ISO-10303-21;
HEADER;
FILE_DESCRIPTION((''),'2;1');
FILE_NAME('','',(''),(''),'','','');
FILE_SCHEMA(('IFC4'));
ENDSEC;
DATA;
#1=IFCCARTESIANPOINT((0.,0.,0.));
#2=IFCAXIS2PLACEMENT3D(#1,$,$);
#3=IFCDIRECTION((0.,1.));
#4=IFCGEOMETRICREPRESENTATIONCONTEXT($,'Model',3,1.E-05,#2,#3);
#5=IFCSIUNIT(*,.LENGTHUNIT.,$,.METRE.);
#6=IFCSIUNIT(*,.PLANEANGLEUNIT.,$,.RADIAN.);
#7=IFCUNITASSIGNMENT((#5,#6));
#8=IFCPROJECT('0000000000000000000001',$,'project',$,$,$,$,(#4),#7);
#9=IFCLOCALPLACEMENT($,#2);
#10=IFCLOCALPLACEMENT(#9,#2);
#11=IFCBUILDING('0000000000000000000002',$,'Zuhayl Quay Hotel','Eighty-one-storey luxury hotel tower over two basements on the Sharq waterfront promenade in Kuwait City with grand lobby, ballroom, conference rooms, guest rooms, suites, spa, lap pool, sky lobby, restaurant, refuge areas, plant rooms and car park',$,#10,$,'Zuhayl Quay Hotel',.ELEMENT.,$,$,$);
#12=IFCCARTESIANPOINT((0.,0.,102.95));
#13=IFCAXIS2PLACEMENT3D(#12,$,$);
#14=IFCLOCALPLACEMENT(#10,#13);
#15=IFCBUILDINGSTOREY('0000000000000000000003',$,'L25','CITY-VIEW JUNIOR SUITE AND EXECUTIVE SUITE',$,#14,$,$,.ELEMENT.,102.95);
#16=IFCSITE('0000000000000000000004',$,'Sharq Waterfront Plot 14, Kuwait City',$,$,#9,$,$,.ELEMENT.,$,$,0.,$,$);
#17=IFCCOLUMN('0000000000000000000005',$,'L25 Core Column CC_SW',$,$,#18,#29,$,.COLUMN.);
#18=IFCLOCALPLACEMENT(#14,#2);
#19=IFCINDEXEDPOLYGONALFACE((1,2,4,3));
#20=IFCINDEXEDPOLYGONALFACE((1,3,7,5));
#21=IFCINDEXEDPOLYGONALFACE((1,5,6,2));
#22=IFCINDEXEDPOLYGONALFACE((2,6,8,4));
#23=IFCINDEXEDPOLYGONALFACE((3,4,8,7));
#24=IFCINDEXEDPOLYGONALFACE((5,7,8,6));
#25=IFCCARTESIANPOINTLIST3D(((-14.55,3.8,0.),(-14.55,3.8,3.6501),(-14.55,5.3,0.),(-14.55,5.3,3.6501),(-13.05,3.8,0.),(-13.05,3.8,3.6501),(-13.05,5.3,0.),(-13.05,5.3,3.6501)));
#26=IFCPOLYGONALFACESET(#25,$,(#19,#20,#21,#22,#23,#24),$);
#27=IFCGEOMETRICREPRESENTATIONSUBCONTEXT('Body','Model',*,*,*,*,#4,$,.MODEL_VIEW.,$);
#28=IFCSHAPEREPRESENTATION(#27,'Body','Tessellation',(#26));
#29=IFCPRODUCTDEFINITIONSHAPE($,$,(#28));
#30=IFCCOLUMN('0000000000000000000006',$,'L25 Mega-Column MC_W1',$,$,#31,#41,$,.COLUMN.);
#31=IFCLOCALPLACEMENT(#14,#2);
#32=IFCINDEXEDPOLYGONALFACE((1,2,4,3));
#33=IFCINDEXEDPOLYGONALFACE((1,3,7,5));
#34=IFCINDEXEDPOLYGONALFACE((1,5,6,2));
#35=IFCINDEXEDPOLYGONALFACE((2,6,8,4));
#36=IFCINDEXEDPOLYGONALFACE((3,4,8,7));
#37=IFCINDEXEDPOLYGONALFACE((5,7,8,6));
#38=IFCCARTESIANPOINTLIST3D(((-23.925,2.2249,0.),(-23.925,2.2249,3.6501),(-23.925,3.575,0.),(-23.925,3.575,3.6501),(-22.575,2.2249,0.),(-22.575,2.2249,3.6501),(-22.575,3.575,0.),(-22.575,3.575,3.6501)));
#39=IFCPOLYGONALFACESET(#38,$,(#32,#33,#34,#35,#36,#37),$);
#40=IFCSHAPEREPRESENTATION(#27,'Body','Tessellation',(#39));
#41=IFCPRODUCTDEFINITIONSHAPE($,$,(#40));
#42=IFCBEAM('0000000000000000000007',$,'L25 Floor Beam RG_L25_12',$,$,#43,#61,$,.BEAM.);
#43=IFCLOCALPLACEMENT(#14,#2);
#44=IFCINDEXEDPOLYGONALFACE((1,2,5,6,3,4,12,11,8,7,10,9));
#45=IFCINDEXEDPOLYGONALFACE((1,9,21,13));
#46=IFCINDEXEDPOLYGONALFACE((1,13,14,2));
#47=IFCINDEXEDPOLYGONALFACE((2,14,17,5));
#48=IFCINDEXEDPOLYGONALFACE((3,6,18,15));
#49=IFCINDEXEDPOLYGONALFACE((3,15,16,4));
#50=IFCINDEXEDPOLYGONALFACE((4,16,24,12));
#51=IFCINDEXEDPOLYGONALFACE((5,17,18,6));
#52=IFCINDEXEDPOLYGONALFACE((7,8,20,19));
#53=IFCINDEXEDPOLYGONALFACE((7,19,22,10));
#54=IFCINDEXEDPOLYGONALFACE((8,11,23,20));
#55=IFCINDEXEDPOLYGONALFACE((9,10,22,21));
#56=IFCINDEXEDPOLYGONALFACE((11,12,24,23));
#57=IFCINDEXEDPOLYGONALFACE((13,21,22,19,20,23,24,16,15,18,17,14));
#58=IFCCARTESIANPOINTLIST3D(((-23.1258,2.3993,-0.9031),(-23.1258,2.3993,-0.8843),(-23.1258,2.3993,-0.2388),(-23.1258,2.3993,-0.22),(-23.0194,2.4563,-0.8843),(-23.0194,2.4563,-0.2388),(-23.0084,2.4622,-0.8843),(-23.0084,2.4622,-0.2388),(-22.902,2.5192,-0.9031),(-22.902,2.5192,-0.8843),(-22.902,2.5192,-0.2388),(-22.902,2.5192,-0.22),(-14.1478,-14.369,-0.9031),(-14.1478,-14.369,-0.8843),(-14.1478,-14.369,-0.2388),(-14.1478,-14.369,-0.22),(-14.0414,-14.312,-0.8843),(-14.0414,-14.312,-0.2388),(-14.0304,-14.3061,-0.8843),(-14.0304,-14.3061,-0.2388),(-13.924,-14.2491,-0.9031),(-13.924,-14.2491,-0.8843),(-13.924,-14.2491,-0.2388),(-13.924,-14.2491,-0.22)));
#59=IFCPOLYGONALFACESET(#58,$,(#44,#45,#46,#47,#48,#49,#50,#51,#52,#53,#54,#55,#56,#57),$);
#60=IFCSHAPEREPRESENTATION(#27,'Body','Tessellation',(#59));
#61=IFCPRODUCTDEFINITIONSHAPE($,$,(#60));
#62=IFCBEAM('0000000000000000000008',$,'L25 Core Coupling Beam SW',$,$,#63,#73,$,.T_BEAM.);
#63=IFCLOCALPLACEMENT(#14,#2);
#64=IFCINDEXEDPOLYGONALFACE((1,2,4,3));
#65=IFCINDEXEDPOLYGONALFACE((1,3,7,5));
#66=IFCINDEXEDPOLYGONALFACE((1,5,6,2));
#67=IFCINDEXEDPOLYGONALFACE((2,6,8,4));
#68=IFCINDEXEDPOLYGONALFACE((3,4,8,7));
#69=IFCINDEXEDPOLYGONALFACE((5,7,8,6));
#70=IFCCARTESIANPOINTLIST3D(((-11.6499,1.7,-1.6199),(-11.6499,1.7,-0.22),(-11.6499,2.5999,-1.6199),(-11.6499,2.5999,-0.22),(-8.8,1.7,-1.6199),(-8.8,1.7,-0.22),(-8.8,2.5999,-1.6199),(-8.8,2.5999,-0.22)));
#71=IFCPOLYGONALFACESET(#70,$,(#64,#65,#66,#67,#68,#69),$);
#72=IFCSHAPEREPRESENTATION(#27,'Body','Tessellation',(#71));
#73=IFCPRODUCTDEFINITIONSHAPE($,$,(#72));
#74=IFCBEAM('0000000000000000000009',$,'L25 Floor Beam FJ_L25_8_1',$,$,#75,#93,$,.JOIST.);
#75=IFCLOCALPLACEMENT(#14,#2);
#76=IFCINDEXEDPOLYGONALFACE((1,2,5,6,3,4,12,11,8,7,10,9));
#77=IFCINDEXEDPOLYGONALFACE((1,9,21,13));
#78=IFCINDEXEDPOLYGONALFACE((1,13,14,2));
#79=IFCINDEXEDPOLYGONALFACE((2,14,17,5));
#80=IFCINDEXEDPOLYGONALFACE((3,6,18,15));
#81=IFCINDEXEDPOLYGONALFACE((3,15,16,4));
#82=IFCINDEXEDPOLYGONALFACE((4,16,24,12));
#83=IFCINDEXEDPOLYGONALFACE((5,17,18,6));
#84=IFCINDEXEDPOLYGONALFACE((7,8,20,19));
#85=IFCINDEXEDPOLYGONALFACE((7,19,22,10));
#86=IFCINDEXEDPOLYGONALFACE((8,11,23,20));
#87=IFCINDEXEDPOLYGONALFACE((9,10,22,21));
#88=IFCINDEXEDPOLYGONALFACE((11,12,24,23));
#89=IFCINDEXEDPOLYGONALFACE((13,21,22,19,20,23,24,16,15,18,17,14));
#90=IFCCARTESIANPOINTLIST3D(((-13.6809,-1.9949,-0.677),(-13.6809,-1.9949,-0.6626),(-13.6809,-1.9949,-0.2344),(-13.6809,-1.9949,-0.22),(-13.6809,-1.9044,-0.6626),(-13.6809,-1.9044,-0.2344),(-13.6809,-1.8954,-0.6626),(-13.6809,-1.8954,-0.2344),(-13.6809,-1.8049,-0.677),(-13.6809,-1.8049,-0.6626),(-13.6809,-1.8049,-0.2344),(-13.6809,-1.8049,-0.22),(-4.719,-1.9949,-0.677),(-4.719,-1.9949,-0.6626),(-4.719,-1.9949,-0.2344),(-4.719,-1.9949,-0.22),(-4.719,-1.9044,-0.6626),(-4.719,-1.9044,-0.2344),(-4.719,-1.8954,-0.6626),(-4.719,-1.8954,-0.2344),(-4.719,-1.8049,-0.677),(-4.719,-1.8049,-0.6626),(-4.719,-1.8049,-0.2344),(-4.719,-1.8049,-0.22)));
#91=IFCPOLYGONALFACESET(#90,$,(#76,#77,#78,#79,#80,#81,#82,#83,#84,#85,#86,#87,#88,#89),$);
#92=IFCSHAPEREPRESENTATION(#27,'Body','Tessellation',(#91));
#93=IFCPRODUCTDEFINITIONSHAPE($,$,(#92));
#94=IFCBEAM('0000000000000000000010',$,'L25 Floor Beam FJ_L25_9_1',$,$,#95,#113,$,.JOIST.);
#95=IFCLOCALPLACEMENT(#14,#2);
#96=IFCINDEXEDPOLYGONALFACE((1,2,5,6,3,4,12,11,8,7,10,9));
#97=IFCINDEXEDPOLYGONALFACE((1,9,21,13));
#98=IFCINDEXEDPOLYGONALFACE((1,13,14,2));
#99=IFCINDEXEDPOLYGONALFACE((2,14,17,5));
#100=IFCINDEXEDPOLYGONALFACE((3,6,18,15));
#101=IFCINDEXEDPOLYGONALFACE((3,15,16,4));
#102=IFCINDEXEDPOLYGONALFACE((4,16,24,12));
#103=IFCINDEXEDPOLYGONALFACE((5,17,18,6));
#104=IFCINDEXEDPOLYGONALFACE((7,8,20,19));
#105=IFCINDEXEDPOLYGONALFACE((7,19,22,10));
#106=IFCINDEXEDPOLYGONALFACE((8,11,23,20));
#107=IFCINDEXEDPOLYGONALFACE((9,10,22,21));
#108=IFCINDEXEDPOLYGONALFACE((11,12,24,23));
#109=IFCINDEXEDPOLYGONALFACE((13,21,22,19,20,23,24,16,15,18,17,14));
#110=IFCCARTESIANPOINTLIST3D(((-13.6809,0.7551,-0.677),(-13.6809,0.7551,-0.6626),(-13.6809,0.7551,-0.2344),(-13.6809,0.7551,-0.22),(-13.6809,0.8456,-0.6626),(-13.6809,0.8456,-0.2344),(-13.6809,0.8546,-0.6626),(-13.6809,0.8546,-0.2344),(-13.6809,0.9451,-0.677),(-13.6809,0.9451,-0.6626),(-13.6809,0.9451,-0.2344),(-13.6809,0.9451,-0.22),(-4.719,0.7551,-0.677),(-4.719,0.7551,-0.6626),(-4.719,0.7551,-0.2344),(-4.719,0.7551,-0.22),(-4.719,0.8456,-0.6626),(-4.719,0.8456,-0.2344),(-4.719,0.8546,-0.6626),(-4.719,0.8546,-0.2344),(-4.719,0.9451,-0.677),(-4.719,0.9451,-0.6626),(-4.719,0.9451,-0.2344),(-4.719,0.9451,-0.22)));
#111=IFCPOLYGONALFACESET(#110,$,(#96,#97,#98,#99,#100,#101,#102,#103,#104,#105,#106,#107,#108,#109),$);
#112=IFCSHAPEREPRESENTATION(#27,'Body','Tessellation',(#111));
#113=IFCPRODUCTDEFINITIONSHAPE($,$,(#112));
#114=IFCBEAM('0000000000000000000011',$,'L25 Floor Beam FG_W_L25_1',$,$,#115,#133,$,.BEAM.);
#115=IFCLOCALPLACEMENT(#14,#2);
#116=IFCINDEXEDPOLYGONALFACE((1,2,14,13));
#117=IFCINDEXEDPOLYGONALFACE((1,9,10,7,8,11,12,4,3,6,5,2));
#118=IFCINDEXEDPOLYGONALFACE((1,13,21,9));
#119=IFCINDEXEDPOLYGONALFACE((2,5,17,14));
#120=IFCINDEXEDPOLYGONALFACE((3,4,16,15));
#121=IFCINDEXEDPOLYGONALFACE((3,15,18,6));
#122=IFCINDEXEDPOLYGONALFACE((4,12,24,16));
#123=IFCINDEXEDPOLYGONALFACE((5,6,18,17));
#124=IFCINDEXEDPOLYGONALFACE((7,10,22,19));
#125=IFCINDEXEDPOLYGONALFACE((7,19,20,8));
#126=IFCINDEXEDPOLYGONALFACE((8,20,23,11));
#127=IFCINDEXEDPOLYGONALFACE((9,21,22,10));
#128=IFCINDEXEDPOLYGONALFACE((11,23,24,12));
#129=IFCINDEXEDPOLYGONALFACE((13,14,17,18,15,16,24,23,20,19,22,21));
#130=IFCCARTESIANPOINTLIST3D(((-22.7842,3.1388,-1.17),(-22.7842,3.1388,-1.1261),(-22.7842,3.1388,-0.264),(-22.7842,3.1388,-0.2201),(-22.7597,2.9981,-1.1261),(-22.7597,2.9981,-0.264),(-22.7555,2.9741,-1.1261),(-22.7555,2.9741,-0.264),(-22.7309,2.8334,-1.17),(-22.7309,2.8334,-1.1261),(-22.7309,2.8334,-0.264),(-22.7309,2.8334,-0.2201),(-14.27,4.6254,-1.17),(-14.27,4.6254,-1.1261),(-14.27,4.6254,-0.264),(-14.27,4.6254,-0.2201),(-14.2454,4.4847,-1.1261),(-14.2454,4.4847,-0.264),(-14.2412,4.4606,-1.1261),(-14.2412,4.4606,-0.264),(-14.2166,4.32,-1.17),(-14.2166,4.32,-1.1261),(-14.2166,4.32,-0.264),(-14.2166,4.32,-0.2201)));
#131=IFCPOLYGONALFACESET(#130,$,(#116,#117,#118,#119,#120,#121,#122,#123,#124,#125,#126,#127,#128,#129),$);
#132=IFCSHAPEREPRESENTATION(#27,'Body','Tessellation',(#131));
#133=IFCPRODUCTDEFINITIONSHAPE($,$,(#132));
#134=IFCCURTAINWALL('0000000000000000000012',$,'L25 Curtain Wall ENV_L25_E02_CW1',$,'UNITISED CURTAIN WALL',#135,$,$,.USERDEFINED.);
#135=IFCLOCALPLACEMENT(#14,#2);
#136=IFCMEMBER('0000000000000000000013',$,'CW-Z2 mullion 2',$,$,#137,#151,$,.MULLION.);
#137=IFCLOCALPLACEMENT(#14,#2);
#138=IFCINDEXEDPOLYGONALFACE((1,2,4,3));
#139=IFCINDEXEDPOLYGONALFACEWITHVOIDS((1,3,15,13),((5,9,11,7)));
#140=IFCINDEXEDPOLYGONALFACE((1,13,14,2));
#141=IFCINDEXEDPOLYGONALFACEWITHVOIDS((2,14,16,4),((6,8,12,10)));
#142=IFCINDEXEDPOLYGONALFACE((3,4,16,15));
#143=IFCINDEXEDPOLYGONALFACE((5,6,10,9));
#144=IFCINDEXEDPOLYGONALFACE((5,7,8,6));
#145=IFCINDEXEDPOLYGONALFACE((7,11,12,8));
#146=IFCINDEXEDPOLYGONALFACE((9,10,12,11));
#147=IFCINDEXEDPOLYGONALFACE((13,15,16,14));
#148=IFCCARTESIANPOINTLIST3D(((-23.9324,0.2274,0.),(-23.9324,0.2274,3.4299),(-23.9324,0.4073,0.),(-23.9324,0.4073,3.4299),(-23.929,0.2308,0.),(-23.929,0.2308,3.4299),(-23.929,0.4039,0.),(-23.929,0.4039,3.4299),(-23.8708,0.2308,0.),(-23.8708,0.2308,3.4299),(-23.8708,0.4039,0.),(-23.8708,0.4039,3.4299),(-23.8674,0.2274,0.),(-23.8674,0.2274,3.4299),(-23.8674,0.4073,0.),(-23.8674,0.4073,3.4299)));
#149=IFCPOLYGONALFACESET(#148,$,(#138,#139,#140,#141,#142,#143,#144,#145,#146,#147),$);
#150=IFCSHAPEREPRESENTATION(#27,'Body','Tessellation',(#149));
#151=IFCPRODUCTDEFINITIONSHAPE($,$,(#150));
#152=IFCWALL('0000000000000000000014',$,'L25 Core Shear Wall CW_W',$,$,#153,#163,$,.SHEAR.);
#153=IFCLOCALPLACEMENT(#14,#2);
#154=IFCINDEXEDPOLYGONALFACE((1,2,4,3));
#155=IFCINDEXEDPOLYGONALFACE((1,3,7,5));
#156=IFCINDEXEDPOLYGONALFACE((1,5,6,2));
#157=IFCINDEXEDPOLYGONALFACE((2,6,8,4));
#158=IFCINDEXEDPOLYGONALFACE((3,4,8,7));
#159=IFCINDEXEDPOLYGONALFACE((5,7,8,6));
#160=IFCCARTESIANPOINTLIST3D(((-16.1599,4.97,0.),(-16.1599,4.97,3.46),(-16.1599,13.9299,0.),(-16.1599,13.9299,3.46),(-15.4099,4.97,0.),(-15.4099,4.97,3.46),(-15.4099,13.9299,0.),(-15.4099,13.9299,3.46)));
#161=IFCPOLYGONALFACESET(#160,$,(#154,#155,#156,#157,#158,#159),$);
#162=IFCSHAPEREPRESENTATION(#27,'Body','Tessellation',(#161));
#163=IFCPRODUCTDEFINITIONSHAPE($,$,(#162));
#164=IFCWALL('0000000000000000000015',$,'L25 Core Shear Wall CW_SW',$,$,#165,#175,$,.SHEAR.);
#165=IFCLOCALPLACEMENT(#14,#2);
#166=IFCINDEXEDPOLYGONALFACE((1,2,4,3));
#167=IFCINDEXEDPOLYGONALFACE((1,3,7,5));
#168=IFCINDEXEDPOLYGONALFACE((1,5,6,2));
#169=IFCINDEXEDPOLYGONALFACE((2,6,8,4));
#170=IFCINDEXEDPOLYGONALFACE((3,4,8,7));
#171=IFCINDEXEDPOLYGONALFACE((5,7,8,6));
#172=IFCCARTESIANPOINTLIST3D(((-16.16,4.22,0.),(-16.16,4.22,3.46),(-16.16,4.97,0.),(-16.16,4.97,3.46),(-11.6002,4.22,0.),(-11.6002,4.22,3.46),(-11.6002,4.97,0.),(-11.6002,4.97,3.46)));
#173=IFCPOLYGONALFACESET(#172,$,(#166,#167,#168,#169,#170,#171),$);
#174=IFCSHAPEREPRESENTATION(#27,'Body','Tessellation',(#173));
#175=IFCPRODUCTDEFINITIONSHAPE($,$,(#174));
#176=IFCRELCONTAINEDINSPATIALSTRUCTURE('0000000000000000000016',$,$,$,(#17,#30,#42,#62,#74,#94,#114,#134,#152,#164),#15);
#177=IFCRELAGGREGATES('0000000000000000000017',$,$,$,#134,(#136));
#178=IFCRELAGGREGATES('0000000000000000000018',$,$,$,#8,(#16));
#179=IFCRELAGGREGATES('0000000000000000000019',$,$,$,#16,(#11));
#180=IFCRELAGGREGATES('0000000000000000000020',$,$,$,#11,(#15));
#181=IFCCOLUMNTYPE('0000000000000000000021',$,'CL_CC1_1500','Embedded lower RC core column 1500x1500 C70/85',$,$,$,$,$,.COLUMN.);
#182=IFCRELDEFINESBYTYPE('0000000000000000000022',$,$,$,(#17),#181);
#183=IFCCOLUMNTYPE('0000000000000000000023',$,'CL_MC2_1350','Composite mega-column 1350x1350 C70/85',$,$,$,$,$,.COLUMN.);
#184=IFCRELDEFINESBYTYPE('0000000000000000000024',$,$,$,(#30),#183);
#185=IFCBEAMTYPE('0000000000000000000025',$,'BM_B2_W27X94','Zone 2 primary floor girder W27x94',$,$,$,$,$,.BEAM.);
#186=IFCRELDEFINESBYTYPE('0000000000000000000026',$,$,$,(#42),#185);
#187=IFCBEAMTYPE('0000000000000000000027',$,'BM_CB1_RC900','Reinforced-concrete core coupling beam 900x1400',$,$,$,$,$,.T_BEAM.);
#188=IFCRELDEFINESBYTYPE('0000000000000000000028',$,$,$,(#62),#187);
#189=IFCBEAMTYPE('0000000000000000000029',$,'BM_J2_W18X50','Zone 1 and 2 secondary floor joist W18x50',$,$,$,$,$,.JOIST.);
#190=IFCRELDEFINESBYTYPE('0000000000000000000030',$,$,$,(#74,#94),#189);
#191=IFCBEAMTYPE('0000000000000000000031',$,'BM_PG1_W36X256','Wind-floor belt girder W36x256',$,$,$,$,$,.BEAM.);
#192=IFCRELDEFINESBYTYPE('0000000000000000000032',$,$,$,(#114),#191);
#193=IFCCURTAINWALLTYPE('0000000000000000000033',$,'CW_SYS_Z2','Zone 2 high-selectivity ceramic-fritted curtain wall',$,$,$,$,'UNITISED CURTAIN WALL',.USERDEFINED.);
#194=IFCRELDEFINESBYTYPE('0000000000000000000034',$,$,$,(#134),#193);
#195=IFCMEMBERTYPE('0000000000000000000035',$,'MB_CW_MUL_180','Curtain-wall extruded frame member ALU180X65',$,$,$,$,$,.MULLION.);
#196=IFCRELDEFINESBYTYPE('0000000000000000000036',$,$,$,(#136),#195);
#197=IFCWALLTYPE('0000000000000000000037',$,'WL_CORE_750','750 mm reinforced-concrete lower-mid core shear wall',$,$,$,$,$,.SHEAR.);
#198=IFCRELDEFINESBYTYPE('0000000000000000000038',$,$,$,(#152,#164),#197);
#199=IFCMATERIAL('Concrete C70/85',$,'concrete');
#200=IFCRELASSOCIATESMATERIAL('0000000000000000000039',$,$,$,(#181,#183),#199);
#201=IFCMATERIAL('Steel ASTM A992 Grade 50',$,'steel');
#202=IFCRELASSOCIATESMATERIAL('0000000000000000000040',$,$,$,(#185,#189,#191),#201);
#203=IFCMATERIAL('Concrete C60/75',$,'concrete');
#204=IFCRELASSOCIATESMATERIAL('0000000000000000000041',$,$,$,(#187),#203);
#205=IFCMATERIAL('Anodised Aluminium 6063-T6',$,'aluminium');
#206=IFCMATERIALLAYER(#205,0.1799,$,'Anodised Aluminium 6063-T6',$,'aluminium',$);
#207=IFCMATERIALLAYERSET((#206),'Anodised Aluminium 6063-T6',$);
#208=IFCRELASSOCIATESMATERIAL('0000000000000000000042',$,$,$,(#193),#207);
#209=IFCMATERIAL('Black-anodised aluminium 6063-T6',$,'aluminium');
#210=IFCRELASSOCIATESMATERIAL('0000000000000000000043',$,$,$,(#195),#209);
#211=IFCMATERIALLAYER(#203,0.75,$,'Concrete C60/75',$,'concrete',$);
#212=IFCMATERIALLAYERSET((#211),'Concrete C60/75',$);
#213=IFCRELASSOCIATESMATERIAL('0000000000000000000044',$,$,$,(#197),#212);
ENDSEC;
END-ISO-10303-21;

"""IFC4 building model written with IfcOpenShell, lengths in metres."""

from ifc_helpers import new_model, si_unit, direction, frame, frame_2d, origin, origin_2d, place, context, subcontext, project, spatial, rectangle, hollow_rectangle, i_section, extrude, material, layer, layer_set, material_profile, profile_set, type_object, element, aggregate, save


model = new_model("IFC4")

# Units and contexts
model_context = context("Model", 3, precision=1e-05, world=origin(), true_north=direction((0.0, 1.0)))
body_context = subcontext(model_context, "Body", "Model", "MODEL_VIEW")
ifc_project = project(units=[si_unit("LENGTHUNIT", "METRE"), si_unit("PLANEANGLEUNIT", "RADIAN")], contexts=[model_context])

# Site, building, storey
site_placement = place(None, origin())
site = spatial("IfcSite", under=ifc_project, at=site_placement, Name="Sharq Waterfront Plot 14, Kuwait City", CompositionType="ELEMENT", RefElevation=0.0)
building_placement = place(site_placement, origin())
building = spatial("IfcBuilding", under=site, at=building_placement, Name="Zuhayl Quay Hotel", Description="Eighty-one-storey luxury hotel tower over two basements on the Sharq waterfront promenade in Kuwait City with grand lobby, ballroom, conference rooms, guest rooms, suites, spa, lap pool, sky lobby, restaurant, refuge areas, plant rooms and car park", LongName="Zuhayl Quay Hotel", CompositionType="ELEMENT")
storey_placement = place(building_placement, frame((0.0, 0.0, 102.95)))
storey = spatial("IfcBuildingStorey", under=building, at=storey_placement, Name="L25", Description="CITY-VIEW JUNIOR SUITE AND EXECUTIVE SUITE", CompositionType="ELEMENT", Elevation=102.95)

# Columns
ifc_material_1 = material(Name="Concrete C70/85", Category="concrete")
ifc_material_profile_1 = material_profile(ifc_material_1, rectangle(XDim=1.5, YDim=1.5, at=origin_2d()), Name="RC1500X1500")
ifc_profile_set_1 = profile_set([ifc_material_profile_1], Name="Concrete C70/85")
column_type_1 = type_object("IfcColumnType", Name="CL_CC1_1500", Description="Embedded lower RC core column 1500x1500 C70/85", PredefinedType="COLUMN", material=ifc_profile_set_1)
column_1_placement = place(storey_placement, frame((-13.8, 4.55, 0.0), z_axis=(0.0, 0.0, 1.0), x_axis=(1.0, 0.0, 0.0)))
element("IfcColumn", 1, at=column_1_placement, inside=storey, type_object=column_type_1, Name="L25 Core Column CC_SW", PredefinedType="COLUMN", context=body_context, shape_type="SweptSolid", body=[
    extrude(rectangle(XDim=1.5, YDim=1.5, at=origin_2d()), origin(), (0.0, 0.0, 1.0), 3.6501),
])
ifc_material_profile_2 = material_profile(ifc_material_1, rectangle(XDim=1.3501, YDim=1.3501, at=origin_2d()), Name="RC1350X1350")
ifc_profile_set_2 = profile_set([ifc_material_profile_2], Name="Concrete C70/85")
column_type_2 = type_object("IfcColumnType", Name="CL_MC2_1350", Description="Composite mega-column 1350x1350 C70/85", PredefinedType="COLUMN", material=ifc_profile_set_2)
column_2_placement = place(storey_placement, frame((-23.25, 2.8999, 0.0), z_axis=(0.0, 0.0, 1.0), x_axis=(1.0, 0.0, 0.0)))
element("IfcColumn", 2, at=column_2_placement, inside=storey, type_object=column_type_2, Name="L25 Mega-Column MC_W1", PredefinedType="COLUMN", context=body_context, shape_type="SweptSolid", body=[
    extrude(rectangle(XDim=1.3501, YDim=1.3501, at=origin_2d()), origin(), (0.0, 0.0, 1.0), 3.6501),
])

# Beams
ifc_material_2 = material(Name="Steel ASTM A992 Grade 50", Category="steel")
ifc_material_profile_3 = material_profile(ifc_material_2, i_section(OverallWidth=0.2539, OverallDepth=0.6831, WebThickness=0.0125, FlangeThickness=0.0188, at=origin_2d()), Name="W27X94")
ifc_profile_set_3 = profile_set([ifc_material_profile_3], Name="Steel ASTM A992 Grade 50")
beam_type_1 = type_object("IfcBeamType", Name="BM_B2_W27X94", Description="Zone 2 primary floor girder W27x94", PredefinedType="BEAM", material=ifc_profile_set_3)
beam_1_placement = place(storey_placement, frame((-23.0139, 2.4592, -0.5615), z_axis=(0.472017, -0.881589, 0.0), x_axis=(0.881589, 0.472017, 0.0)))
element("IfcBeam", 3, at=beam_1_placement, inside=storey, type_object=beam_type_1, Name="L25 Floor Beam RG_L25_12", PredefinedType="BEAM", context=body_context, shape_type="SweptSolid", body=[
    extrude(i_section(OverallWidth=0.2539, OverallDepth=0.6831, WebThickness=0.0125, FlangeThickness=0.0188, at=origin_2d()), origin(), (0.0, 0.0, 1.0), 19.0205),
])
ifc_material_3 = material(Name="Concrete C60/75", Category="concrete")
ifc_material_profile_4 = material_profile(ifc_material_3, rectangle(XDim=0.8999, YDim=1.3999, at=origin_2d()), Name="RC900X1400")
ifc_profile_set_4 = profile_set([ifc_material_profile_4], Name="Concrete C60/75")
beam_type_2 = type_object("IfcBeamType", Name="BM_CB1_RC900", Description="Reinforced-concrete core coupling beam 900x1400", PredefinedType="T_BEAM", material=ifc_profile_set_4)
beam_2_placement = place(storey_placement, frame((-11.6499, 2.1499, -0.9199), z_axis=(1.0, 0.0, 0.0), x_axis=(0.0, 1.0, 0.0)))
element("IfcBeam", 4, at=beam_2_placement, inside=storey, type_object=beam_type_2, Name="L25 Core Coupling Beam SW", PredefinedType="T_BEAM", context=body_context, shape_type="SweptSolid", body=[
    extrude(rectangle(XDim=0.8999, YDim=1.3999, at=origin_2d()), origin(), (0.0, 0.0, 1.0), 2.8499),
])
ifc_material_profile_5 = material_profile(ifc_material_2, i_section(OverallWidth=0.1899, OverallDepth=0.457, WebThickness=0.009, FlangeThickness=0.0144, at=origin_2d()), Name="W18X50")
ifc_profile_set_5 = profile_set([ifc_material_profile_5], Name="Steel ASTM A992 Grade 50")
beam_type_3 = type_object("IfcBeamType", Name="BM_J2_W18X50", Description="Zone 1 and 2 secondary floor joist W18x50", PredefinedType="JOIST", material=ifc_profile_set_5)
for number, where, z_axis, x_axis, name in (
    (5, (-13.6809, -1.8999, -0.4485), (1.0, 0.0, 0.0), (0.0, 1.0, 0.0), "L25 Floor Beam FJ_L25_8_1"),
    (6, (-13.6809, 0.8501, -0.4485), (1.0, 0.0, 0.0), (0.0, 1.0, 0.0), "L25 Floor Beam FJ_L25_9_1"),
):
    element("IfcBeam", number, at=place(storey_placement, frame(where, z_axis=z_axis, x_axis=x_axis)), inside=storey, type_object=beam_type_3, Name=name, PredefinedType="JOIST", context=body_context, shape_type="SweptSolid", body=[
        extrude(i_section(OverallWidth=0.1899, OverallDepth=0.457, WebThickness=0.009, FlangeThickness=0.0144, at=origin_2d()), origin(), (0.0, 0.0, 1.0), 8.9619),
    ])
ifc_material_profile_6 = material_profile(ifc_material_2, i_section(OverallWidth=0.3101, OverallDepth=0.95, WebThickness=0.0244, FlangeThickness=0.0439, at=origin_2d()), Name="W36X256")
ifc_profile_set_6 = profile_set([ifc_material_profile_6], Name="Steel ASTM A992 Grade 50")
beam_type_4 = type_object("IfcBeamType", Name="BM_PG1_W36X256", Description="Wind-floor belt girder W36x256", PredefinedType="BEAM", material=ifc_profile_set_6)
beam_3_placement = place(storey_placement, frame((-22.7576, 2.9861, -0.6951), z_axis=(0.985097, 0.171998, 0.0), x_axis=(-0.171998, 0.985097, 0.0)))
element("IfcBeam", 7, at=beam_3_placement, inside=storey, type_object=beam_type_4, Name="L25 Floor Beam FG_W_L25_1", PredefinedType="BEAM", context=body_context, shape_type="SweptSolid", body=[
    extrude(i_section(OverallWidth=0.3101, OverallDepth=0.95, WebThickness=0.0244, FlangeThickness=0.0439, at=origin_2d()), origin(), (0.0, 0.0, 1.0), 8.6431),
])

# Curtain wall, member
ifc_material_4 = material(Name="Anodised Aluminium 6063-T6", Category="aluminium")
ifc_layer_1 = layer(ifc_material_4, 0.1799, Name="Anodised Aluminium 6063-T6", Category="aluminium")
ifc_layer_set_1 = layer_set([ifc_layer_1], Name="Anodised Aluminium 6063-T6")
curtain_wall_type = type_object("IfcCurtainWallType", Name="CW_SYS_Z2", Description="Zone 2 high-selectivity ceramic-fritted curtain wall", ElementType="UNITISED CURTAIN WALL", PredefinedType="USERDEFINED", material=ifc_layer_set_1)
curtain_wall_placement = place(storey_placement, origin())
curtain_wall = element("IfcCurtainWall", 8, at=curtain_wall_placement, inside=storey, type_object=curtain_wall_type, Name="L25 Curtain Wall ENV_L25_E02_CW1", ObjectType="UNITISED CURTAIN WALL", PredefinedType="USERDEFINED")
ifc_material_5 = material(Name="Black-anodised aluminium 6063-T6", Category="aluminium")
ifc_material_profile_7 = material_profile(ifc_material_5, hollow_rectangle(XDim=0.0649, YDim=0.1799, WallThickness=0.0034, at=origin_2d()), Name="ALU180X65")
ifc_profile_set_7 = profile_set([ifc_material_profile_7], Name="Black-anodised aluminium 6063-T6")
member_type = type_object("IfcMemberType", Name="MB_CW_MUL_180", Description="Curtain-wall extruded frame member ALU180X65", PredefinedType="MULLION", material=ifc_profile_set_7)
member_placement = place(storey_placement, frame((-23.8999, 0.3174, 0.0), z_axis=(0.0, 0.0, 1.0), x_axis=(-1.0, 0.0, 0.0)))
member = element("IfcMember", 9, at=member_placement, type_object=member_type, Name="CW-Z2 mullion 2", PredefinedType="MULLION", context=body_context, shape_type="SweptSolid", body=[
    extrude(hollow_rectangle(XDim=0.0649, YDim=0.1799, WallThickness=0.0034, at=origin_2d()), origin(), (0.0, 0.0, 1.0), 3.4299),
])
aggregate(curtain_wall, [member])

# Walls
ifc_layer_2 = layer(ifc_material_3, 0.75, Name="Concrete C60/75", Category="concrete")
ifc_layer_set_2 = layer_set([ifc_layer_2], Name="Concrete C60/75")
wall_type_1 = type_object("IfcWallType", Name="WL_CORE_750", Description="750 mm reinforced-concrete lower-mid core shear wall", PredefinedType="SHEAR", material=ifc_layer_set_2)
wall_1_placement = place(storey_placement, frame((-15.7849, 4.97, 0.0), z_axis=(0.0, 0.0, 1.0), x_axis=(0.0, 1.0, 0.0)))
element("IfcWall", 10, at=wall_1_placement, inside=storey, type_object=wall_type_1, Name="L25 Core Shear Wall CW_W", PredefinedType="SHEAR", context=body_context, shape_type="SweptSolid", body=[
    extrude(rectangle(XDim=8.96, YDim=0.75, at=frame_2d((4.48, 0.0))), origin(), (0.0, 0.0, 1.0), 3.46),
])
wall_2_placement = place(storey_placement, frame((-16.1599, 4.595, 0.0), z_axis=(0.0, 0.0, 1.0), x_axis=(1.0, 0.0, 0.0)))
element("IfcWall", 11, at=wall_2_placement, inside=storey, type_object=wall_type_1, Name="L25 Core Shear Wall CW_SW", PredefinedType="SHEAR", context=body_context, shape_type="SweptSolid", body=[
    extrude(rectangle(XDim=4.5598, YDim=0.75, at=frame_2d((2.2798, 0.0))), origin(), (0.0, 0.0, 1.0), 3.46),
])

save(model, "model.ifc")
